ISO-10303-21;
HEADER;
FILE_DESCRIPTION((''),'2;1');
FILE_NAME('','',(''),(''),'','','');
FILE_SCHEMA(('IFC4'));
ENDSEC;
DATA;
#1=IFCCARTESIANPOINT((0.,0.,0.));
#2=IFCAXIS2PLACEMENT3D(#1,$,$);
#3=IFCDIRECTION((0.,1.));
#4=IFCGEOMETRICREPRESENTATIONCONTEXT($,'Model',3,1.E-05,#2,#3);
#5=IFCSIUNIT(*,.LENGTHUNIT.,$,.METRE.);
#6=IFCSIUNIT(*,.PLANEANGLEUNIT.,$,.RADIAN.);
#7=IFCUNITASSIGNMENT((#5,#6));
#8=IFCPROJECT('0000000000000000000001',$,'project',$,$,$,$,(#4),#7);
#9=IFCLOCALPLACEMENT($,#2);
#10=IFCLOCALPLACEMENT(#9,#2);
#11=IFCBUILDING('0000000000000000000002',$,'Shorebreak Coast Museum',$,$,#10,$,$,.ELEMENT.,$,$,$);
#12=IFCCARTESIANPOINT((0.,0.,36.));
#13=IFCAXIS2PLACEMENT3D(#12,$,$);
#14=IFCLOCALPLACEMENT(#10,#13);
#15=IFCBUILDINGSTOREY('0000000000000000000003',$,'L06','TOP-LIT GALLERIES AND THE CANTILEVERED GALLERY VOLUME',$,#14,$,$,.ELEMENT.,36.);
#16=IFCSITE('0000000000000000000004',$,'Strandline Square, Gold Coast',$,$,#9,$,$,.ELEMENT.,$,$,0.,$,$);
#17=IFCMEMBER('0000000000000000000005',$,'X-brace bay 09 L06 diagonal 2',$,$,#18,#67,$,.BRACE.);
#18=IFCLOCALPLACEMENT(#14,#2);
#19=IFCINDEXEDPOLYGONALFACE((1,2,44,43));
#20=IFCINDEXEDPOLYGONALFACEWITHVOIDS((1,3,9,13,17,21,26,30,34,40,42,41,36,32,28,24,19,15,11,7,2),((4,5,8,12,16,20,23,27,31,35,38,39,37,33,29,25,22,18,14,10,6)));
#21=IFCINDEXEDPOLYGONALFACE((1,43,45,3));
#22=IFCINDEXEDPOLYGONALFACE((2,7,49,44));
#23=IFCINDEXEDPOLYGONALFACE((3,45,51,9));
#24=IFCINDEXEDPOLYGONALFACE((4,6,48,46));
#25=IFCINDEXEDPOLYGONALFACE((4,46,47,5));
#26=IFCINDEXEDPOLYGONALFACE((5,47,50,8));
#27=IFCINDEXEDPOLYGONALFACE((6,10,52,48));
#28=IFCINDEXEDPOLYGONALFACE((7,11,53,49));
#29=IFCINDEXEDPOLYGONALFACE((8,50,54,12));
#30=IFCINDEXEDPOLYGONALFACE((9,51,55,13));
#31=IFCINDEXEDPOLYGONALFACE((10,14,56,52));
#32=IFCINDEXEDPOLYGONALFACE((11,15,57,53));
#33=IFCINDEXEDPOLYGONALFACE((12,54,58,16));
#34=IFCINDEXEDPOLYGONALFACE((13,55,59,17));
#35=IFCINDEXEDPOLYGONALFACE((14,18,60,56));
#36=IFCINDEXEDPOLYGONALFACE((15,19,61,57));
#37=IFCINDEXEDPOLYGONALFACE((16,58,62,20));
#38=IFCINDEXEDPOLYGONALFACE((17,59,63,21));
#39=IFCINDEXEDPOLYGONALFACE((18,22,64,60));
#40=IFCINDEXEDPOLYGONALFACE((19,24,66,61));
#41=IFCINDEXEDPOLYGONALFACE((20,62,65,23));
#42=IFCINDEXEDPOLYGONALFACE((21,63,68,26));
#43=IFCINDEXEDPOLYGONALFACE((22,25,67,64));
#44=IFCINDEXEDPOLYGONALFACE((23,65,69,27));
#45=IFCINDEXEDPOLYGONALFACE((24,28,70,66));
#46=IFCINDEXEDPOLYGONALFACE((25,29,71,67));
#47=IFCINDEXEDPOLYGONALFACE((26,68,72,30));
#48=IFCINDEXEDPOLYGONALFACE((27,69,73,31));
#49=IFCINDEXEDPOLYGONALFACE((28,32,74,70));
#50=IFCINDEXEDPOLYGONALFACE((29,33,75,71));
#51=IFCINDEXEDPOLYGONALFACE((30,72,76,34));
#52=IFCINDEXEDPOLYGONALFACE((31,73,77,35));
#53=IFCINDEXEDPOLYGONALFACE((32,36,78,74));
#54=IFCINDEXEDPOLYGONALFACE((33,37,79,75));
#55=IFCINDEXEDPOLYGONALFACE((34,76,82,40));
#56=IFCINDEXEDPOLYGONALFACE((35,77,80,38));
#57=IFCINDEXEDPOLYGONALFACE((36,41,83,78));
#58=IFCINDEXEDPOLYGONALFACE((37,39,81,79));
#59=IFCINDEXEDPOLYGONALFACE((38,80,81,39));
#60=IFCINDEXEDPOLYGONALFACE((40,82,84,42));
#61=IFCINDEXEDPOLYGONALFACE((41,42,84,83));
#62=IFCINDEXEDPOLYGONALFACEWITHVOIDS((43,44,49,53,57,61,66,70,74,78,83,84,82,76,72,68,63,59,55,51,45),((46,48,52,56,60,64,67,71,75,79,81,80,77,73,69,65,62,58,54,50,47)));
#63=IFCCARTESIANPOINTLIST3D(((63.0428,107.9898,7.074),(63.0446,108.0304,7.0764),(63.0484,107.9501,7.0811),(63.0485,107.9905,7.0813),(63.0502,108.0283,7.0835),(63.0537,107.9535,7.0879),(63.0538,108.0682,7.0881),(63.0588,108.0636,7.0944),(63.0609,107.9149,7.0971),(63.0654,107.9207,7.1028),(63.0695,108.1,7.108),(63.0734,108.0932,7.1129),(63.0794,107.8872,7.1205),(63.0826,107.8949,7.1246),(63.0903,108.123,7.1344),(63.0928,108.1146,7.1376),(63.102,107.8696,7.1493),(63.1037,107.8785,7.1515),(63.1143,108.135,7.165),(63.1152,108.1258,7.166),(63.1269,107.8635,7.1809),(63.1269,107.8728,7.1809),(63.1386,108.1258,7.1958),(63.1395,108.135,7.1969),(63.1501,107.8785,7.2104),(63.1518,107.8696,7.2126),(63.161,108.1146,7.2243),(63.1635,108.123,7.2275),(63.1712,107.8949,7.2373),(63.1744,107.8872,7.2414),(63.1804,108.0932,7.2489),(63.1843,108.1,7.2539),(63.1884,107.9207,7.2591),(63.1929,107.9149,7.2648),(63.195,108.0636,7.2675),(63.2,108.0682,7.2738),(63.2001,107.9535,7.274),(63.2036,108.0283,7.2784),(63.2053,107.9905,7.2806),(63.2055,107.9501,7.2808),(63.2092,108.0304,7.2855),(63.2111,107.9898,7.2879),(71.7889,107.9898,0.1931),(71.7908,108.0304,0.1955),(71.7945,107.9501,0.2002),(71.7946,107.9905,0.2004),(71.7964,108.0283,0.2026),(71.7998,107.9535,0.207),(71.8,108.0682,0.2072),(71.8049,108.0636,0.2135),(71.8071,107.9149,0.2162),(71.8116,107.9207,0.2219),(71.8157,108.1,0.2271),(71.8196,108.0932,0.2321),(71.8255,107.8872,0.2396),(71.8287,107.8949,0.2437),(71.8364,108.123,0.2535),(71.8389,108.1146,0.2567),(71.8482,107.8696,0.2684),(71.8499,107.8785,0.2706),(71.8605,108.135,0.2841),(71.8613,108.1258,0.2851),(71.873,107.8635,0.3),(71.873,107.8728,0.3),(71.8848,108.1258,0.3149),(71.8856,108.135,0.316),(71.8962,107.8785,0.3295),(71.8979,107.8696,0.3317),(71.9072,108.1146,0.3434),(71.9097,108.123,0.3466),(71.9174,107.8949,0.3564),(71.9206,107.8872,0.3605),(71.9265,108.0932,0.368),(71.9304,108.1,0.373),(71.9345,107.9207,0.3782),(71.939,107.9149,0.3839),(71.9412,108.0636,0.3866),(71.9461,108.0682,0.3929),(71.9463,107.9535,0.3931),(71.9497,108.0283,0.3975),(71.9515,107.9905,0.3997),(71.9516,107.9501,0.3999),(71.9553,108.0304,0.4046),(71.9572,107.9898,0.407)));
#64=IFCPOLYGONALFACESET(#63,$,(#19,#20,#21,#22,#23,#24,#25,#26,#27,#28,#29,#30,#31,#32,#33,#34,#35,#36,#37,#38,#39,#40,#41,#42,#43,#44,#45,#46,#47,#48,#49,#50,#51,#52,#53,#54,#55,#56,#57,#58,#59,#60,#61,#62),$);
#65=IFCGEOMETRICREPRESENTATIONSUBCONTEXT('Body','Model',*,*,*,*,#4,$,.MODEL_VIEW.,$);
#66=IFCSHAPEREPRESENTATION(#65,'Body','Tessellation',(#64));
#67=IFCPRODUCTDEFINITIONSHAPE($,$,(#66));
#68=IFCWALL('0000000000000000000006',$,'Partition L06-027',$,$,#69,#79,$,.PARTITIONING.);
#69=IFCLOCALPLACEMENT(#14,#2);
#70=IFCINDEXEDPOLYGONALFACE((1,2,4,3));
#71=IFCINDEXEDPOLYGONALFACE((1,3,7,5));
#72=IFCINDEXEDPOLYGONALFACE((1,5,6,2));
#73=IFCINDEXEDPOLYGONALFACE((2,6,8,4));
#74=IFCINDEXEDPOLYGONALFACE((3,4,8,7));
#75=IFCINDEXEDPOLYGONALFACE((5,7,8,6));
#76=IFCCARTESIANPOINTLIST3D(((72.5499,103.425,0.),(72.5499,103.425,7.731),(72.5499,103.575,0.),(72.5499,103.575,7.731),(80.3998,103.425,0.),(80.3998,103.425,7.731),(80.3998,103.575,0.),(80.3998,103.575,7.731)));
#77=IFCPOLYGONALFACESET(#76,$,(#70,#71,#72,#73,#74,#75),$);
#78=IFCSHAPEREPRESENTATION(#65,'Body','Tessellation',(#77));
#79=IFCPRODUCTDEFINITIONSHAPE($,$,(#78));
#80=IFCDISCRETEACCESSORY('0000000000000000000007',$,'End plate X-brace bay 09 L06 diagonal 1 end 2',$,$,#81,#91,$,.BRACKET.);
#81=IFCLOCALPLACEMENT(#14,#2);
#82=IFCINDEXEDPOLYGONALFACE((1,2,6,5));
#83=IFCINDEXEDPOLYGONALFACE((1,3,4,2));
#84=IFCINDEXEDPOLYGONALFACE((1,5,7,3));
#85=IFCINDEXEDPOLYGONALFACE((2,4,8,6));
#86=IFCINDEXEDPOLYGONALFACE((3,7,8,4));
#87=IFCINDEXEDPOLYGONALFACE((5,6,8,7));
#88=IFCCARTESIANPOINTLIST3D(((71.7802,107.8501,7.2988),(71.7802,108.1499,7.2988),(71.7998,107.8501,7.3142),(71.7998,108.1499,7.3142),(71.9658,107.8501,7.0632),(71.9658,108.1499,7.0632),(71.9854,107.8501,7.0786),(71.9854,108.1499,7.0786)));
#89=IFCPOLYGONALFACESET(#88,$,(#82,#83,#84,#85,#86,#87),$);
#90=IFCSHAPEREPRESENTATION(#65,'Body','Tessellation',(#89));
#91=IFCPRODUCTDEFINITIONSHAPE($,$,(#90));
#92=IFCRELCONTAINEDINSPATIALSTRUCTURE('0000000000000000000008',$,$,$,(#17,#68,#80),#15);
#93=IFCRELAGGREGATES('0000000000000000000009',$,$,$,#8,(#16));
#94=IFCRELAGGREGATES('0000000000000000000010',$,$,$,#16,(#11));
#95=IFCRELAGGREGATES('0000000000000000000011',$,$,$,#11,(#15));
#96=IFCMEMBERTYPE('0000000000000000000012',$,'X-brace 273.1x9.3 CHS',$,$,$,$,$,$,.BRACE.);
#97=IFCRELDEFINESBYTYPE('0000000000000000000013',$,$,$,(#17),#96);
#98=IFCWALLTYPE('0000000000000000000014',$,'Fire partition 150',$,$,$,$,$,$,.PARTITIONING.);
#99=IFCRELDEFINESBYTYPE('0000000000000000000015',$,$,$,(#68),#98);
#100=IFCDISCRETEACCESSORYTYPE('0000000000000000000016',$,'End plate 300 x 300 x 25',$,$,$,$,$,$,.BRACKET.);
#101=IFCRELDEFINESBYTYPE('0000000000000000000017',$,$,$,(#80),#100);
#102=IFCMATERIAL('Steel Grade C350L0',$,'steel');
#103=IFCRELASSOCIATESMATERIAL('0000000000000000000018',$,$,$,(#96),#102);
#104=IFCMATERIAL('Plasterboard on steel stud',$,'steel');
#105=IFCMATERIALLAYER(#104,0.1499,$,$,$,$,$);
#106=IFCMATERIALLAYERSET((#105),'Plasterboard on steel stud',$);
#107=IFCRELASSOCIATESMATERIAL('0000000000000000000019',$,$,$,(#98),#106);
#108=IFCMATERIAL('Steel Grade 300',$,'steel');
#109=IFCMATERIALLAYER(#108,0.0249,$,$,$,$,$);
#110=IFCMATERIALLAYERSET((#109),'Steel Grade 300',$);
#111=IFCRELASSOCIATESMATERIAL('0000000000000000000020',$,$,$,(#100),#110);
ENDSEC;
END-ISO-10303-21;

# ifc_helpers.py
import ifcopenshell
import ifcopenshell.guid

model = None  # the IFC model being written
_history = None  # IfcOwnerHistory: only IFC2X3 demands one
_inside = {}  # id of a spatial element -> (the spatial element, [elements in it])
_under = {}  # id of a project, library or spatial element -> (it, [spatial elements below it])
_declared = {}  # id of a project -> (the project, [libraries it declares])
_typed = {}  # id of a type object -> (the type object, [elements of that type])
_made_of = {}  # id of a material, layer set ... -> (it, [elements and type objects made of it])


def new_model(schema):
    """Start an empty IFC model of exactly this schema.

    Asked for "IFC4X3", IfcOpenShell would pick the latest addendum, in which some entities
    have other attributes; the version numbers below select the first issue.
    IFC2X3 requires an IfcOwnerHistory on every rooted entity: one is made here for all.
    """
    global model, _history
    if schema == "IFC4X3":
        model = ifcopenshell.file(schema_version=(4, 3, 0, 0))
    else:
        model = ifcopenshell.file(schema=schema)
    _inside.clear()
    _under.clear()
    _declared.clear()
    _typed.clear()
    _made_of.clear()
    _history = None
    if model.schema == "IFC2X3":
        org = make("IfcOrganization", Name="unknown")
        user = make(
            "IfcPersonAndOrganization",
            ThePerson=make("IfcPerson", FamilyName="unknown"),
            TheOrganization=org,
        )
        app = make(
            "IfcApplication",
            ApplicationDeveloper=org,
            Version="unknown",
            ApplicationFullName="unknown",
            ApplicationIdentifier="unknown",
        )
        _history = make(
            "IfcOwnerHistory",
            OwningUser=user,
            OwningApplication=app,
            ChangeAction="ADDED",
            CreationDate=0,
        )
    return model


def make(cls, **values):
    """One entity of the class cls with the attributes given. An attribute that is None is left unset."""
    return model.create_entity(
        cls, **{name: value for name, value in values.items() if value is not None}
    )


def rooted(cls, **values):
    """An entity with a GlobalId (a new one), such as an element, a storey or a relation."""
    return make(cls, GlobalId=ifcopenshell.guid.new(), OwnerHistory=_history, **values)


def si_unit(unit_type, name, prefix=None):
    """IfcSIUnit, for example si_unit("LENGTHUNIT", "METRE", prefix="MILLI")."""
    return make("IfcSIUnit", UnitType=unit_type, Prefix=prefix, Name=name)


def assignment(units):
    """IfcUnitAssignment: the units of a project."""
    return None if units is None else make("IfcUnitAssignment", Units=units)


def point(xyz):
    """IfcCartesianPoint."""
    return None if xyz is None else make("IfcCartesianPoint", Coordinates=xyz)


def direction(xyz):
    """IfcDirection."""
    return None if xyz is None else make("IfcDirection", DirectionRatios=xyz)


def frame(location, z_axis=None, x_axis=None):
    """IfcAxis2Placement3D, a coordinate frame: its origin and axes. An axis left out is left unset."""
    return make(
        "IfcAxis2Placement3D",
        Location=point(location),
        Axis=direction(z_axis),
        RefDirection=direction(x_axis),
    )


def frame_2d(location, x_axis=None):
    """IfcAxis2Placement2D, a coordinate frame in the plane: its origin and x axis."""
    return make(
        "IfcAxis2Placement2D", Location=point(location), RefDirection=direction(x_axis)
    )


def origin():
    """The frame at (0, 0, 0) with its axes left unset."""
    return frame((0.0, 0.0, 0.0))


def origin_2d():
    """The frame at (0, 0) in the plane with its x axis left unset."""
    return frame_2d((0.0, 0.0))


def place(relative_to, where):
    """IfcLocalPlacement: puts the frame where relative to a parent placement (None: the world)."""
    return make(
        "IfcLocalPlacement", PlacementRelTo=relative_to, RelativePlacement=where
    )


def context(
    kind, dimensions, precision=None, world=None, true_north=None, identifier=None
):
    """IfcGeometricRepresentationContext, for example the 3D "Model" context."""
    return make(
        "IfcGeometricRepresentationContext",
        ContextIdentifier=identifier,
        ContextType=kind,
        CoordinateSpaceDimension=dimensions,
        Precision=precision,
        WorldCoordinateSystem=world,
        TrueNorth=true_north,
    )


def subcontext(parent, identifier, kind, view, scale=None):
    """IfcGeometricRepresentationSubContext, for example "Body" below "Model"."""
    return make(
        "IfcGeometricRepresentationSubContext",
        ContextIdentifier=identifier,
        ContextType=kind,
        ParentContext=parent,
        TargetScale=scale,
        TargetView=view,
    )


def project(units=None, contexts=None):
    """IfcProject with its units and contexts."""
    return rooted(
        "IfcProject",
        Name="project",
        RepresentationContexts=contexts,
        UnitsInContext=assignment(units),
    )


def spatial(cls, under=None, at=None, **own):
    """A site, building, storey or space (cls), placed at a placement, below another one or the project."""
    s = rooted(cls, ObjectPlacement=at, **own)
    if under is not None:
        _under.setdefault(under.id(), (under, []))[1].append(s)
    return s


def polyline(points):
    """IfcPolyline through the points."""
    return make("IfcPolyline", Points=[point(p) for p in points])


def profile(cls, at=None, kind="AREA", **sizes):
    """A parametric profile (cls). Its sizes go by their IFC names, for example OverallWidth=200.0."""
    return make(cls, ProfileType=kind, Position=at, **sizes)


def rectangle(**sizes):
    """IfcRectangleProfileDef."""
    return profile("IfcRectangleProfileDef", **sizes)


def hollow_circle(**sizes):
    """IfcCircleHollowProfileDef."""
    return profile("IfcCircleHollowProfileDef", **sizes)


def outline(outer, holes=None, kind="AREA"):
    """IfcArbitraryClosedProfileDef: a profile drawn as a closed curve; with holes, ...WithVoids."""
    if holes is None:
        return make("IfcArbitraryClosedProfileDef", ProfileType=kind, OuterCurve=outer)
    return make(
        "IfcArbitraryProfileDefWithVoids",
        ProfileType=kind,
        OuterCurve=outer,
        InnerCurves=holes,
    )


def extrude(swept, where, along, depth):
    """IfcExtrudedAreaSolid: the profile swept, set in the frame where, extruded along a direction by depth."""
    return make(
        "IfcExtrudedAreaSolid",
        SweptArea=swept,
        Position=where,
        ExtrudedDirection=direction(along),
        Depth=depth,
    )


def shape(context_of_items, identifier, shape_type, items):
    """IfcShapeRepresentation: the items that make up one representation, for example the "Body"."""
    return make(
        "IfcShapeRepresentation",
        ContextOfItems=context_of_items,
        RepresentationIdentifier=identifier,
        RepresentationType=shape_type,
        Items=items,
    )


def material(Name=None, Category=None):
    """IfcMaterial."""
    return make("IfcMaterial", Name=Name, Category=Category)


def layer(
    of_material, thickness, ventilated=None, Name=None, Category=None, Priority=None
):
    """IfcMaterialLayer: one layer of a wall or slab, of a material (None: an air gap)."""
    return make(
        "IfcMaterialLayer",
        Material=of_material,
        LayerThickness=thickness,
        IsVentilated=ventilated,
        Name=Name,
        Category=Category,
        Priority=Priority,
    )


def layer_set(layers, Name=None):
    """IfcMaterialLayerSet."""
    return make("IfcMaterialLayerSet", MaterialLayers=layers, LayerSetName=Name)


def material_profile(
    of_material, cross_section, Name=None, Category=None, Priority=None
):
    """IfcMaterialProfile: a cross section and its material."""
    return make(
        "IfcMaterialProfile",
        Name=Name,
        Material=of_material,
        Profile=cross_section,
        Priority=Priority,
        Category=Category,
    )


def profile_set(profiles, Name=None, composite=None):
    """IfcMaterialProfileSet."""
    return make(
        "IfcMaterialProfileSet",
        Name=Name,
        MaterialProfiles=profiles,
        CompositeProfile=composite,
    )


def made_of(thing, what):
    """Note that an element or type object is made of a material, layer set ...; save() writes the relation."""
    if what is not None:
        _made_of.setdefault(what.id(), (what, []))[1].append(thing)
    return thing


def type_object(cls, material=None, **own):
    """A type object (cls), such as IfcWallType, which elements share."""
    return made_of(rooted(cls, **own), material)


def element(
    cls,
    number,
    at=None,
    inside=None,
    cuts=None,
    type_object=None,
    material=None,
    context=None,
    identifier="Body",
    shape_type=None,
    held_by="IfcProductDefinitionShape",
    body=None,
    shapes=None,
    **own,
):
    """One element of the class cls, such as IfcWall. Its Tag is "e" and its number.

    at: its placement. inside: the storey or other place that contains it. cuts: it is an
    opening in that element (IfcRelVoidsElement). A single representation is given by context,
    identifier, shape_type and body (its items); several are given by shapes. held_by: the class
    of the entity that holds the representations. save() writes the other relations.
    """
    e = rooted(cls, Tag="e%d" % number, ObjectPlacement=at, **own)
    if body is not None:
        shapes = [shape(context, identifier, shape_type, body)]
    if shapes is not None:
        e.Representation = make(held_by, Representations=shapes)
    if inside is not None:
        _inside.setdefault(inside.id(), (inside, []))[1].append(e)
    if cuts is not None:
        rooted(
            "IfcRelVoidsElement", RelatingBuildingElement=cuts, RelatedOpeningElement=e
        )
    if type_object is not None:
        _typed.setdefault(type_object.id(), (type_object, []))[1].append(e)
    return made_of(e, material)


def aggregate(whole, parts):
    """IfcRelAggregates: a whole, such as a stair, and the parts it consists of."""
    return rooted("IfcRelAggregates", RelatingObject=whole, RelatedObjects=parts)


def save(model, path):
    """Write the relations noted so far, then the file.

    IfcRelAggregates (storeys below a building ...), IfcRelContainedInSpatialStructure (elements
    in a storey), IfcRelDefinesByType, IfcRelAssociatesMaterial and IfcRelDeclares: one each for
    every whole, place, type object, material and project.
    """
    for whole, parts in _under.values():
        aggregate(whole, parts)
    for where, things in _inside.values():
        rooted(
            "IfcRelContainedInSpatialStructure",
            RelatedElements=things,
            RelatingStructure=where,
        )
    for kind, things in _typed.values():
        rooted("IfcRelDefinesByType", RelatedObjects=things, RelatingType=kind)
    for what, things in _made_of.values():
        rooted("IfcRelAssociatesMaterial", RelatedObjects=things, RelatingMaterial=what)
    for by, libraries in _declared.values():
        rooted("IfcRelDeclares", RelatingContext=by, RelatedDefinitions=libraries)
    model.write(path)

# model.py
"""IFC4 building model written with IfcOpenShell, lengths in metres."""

from ifc_helpers import new_model, si_unit, direction, frame, frame_2d, origin, origin_2d, place, context, subcontext, project, spatial, polyline, rectangle, hollow_circle, outline, extrude, material, layer, layer_set, material_profile, profile_set, type_object, element, save


model = new_model("IFC4")

# Units and contexts
model_context = context("Model", 3, precision=1e-05, world=origin(), true_north=direction((0.0, 1.0)))
body_context = subcontext(model_context, "Body", "Model", "MODEL_VIEW")
ifc_project = project(units=[si_unit("LENGTHUNIT", "METRE"), si_unit("PLANEANGLEUNIT", "RADIAN")], contexts=[model_context])

# Site, building, storey
site_placement = place(None, origin())
site = spatial("IfcSite", under=ifc_project, at=site_placement, Name="Strandline Square, Gold Coast", CompositionType="ELEMENT", RefElevation=0.0)
building_placement = place(site_placement, origin())
building = spatial("IfcBuilding", under=site, at=building_placement, Name="Shorebreak Coast Museum", CompositionType="ELEMENT")
storey_placement = place(building_placement, frame((0.0, 0.0, 36.0)))
storey = spatial("IfcBuildingStorey", under=building, at=storey_placement, Name="L06", Description="TOP-LIT GALLERIES AND THE CANTILEVERED GALLERY VOLUME", CompositionType="ELEMENT", Elevation=36.0)

# Member
ifc_material_1 = material(Name="Steel Grade C350L0", Category="steel")
ifc_material_profile_1 = material_profile(ifc_material_1, hollow_circle(Radius=0.1365, WallThickness=0.0093, at=origin_2d()), Name="273.1x9.3 CHS")
ifc_profile_set_1 = profile_set([ifc_material_profile_1], Name="Steel Grade C350L0")
member_type_1 = type_object("IfcMemberType", Name="X-brace 273.1x9.3 CHS", PredefinedType="BRACE", material=ifc_profile_set_1)
member_1_placement = place(storey_placement, frame((71.873, 108.0, 0.3), z_axis=(-0.785928, 0.0, 0.618318), x_axis=(0.0, -1.0, 0.0)))
element("IfcMember", 1, at=member_1_placement, inside=storey, type_object=member_type_1, Name="X-brace bay 09 L06 diagonal 2", PredefinedType="BRACE", context=body_context, shape_type="SweptSolid", body=[
    extrude(hollow_circle(Radius=0.1365, WallThickness=0.0093, at=origin_2d()), origin(), (0.0, 0.0, 1.0), 11.1284),
])

# Wall
ifc_material_2 = material(Name="Plasterboard on steel stud", Category="steel")
ifc_layer_1 = layer(ifc_material_2, 0.1499)
ifc_layer_set_1 = layer_set([ifc_layer_1], Name="Plasterboard on steel stud")
wall_type = type_object("IfcWallType", Name="Fire partition 150", PredefinedType="PARTITIONING", material=ifc_layer_set_1)
wall_placement = place(storey_placement, frame((72.55, 103.5, 0.0), z_axis=(0.0, 0.0, 1.0), x_axis=(1.0, 0.0, 0.0)))
element("IfcWall", 2, at=wall_placement, inside=storey, type_object=wall_type, Name="Partition L06-027", PredefinedType="PARTITIONING", context=body_context, shape_type="SweptSolid", body=[
    extrude(rectangle(XDim=7.8499, YDim=0.1499, at=frame_2d((3.9248, 0.0))), origin(), (0.0, 0.0, 1.0), 7.731),
])

# Discrete accessory
ifc_material_3 = material(Name="Steel Grade 300", Category="steel")
ifc_layer_2 = layer(ifc_material_3, 0.0249)
ifc_layer_set_2 = layer_set([ifc_layer_2], Name="Steel Grade 300")
discrete_accessory_type = type_object("IfcDiscreteAccessoryType", Name="End plate 300 x 300 x 25", PredefinedType="BRACKET", material=ifc_layer_set_2)
discrete_accessory_placement = place(storey_placement, frame((71.9854, 107.8501, 7.0786), z_axis=(0.785612, 0.0, 0.61872), x_axis=(0.0, 1.0, 0.0)))
element("IfcDiscreteAccessory", 3, at=discrete_accessory_placement, inside=storey, type_object=discrete_accessory_type, Name="End plate X-brace bay 09 L06 diagonal 1 end 2", PredefinedType="BRACKET", context=body_context, shape_type="SweptSolid", body=[
    extrude(outline(polyline([(0.0, 0.0), (0.2998, 0.0), (0.2998, 0.2999), (0.0, 0.2999), (0.0, 0.0)])), origin(), (0.0, 0.0, -1.0), 0.0249),
])

save(model, "model.ifc")
